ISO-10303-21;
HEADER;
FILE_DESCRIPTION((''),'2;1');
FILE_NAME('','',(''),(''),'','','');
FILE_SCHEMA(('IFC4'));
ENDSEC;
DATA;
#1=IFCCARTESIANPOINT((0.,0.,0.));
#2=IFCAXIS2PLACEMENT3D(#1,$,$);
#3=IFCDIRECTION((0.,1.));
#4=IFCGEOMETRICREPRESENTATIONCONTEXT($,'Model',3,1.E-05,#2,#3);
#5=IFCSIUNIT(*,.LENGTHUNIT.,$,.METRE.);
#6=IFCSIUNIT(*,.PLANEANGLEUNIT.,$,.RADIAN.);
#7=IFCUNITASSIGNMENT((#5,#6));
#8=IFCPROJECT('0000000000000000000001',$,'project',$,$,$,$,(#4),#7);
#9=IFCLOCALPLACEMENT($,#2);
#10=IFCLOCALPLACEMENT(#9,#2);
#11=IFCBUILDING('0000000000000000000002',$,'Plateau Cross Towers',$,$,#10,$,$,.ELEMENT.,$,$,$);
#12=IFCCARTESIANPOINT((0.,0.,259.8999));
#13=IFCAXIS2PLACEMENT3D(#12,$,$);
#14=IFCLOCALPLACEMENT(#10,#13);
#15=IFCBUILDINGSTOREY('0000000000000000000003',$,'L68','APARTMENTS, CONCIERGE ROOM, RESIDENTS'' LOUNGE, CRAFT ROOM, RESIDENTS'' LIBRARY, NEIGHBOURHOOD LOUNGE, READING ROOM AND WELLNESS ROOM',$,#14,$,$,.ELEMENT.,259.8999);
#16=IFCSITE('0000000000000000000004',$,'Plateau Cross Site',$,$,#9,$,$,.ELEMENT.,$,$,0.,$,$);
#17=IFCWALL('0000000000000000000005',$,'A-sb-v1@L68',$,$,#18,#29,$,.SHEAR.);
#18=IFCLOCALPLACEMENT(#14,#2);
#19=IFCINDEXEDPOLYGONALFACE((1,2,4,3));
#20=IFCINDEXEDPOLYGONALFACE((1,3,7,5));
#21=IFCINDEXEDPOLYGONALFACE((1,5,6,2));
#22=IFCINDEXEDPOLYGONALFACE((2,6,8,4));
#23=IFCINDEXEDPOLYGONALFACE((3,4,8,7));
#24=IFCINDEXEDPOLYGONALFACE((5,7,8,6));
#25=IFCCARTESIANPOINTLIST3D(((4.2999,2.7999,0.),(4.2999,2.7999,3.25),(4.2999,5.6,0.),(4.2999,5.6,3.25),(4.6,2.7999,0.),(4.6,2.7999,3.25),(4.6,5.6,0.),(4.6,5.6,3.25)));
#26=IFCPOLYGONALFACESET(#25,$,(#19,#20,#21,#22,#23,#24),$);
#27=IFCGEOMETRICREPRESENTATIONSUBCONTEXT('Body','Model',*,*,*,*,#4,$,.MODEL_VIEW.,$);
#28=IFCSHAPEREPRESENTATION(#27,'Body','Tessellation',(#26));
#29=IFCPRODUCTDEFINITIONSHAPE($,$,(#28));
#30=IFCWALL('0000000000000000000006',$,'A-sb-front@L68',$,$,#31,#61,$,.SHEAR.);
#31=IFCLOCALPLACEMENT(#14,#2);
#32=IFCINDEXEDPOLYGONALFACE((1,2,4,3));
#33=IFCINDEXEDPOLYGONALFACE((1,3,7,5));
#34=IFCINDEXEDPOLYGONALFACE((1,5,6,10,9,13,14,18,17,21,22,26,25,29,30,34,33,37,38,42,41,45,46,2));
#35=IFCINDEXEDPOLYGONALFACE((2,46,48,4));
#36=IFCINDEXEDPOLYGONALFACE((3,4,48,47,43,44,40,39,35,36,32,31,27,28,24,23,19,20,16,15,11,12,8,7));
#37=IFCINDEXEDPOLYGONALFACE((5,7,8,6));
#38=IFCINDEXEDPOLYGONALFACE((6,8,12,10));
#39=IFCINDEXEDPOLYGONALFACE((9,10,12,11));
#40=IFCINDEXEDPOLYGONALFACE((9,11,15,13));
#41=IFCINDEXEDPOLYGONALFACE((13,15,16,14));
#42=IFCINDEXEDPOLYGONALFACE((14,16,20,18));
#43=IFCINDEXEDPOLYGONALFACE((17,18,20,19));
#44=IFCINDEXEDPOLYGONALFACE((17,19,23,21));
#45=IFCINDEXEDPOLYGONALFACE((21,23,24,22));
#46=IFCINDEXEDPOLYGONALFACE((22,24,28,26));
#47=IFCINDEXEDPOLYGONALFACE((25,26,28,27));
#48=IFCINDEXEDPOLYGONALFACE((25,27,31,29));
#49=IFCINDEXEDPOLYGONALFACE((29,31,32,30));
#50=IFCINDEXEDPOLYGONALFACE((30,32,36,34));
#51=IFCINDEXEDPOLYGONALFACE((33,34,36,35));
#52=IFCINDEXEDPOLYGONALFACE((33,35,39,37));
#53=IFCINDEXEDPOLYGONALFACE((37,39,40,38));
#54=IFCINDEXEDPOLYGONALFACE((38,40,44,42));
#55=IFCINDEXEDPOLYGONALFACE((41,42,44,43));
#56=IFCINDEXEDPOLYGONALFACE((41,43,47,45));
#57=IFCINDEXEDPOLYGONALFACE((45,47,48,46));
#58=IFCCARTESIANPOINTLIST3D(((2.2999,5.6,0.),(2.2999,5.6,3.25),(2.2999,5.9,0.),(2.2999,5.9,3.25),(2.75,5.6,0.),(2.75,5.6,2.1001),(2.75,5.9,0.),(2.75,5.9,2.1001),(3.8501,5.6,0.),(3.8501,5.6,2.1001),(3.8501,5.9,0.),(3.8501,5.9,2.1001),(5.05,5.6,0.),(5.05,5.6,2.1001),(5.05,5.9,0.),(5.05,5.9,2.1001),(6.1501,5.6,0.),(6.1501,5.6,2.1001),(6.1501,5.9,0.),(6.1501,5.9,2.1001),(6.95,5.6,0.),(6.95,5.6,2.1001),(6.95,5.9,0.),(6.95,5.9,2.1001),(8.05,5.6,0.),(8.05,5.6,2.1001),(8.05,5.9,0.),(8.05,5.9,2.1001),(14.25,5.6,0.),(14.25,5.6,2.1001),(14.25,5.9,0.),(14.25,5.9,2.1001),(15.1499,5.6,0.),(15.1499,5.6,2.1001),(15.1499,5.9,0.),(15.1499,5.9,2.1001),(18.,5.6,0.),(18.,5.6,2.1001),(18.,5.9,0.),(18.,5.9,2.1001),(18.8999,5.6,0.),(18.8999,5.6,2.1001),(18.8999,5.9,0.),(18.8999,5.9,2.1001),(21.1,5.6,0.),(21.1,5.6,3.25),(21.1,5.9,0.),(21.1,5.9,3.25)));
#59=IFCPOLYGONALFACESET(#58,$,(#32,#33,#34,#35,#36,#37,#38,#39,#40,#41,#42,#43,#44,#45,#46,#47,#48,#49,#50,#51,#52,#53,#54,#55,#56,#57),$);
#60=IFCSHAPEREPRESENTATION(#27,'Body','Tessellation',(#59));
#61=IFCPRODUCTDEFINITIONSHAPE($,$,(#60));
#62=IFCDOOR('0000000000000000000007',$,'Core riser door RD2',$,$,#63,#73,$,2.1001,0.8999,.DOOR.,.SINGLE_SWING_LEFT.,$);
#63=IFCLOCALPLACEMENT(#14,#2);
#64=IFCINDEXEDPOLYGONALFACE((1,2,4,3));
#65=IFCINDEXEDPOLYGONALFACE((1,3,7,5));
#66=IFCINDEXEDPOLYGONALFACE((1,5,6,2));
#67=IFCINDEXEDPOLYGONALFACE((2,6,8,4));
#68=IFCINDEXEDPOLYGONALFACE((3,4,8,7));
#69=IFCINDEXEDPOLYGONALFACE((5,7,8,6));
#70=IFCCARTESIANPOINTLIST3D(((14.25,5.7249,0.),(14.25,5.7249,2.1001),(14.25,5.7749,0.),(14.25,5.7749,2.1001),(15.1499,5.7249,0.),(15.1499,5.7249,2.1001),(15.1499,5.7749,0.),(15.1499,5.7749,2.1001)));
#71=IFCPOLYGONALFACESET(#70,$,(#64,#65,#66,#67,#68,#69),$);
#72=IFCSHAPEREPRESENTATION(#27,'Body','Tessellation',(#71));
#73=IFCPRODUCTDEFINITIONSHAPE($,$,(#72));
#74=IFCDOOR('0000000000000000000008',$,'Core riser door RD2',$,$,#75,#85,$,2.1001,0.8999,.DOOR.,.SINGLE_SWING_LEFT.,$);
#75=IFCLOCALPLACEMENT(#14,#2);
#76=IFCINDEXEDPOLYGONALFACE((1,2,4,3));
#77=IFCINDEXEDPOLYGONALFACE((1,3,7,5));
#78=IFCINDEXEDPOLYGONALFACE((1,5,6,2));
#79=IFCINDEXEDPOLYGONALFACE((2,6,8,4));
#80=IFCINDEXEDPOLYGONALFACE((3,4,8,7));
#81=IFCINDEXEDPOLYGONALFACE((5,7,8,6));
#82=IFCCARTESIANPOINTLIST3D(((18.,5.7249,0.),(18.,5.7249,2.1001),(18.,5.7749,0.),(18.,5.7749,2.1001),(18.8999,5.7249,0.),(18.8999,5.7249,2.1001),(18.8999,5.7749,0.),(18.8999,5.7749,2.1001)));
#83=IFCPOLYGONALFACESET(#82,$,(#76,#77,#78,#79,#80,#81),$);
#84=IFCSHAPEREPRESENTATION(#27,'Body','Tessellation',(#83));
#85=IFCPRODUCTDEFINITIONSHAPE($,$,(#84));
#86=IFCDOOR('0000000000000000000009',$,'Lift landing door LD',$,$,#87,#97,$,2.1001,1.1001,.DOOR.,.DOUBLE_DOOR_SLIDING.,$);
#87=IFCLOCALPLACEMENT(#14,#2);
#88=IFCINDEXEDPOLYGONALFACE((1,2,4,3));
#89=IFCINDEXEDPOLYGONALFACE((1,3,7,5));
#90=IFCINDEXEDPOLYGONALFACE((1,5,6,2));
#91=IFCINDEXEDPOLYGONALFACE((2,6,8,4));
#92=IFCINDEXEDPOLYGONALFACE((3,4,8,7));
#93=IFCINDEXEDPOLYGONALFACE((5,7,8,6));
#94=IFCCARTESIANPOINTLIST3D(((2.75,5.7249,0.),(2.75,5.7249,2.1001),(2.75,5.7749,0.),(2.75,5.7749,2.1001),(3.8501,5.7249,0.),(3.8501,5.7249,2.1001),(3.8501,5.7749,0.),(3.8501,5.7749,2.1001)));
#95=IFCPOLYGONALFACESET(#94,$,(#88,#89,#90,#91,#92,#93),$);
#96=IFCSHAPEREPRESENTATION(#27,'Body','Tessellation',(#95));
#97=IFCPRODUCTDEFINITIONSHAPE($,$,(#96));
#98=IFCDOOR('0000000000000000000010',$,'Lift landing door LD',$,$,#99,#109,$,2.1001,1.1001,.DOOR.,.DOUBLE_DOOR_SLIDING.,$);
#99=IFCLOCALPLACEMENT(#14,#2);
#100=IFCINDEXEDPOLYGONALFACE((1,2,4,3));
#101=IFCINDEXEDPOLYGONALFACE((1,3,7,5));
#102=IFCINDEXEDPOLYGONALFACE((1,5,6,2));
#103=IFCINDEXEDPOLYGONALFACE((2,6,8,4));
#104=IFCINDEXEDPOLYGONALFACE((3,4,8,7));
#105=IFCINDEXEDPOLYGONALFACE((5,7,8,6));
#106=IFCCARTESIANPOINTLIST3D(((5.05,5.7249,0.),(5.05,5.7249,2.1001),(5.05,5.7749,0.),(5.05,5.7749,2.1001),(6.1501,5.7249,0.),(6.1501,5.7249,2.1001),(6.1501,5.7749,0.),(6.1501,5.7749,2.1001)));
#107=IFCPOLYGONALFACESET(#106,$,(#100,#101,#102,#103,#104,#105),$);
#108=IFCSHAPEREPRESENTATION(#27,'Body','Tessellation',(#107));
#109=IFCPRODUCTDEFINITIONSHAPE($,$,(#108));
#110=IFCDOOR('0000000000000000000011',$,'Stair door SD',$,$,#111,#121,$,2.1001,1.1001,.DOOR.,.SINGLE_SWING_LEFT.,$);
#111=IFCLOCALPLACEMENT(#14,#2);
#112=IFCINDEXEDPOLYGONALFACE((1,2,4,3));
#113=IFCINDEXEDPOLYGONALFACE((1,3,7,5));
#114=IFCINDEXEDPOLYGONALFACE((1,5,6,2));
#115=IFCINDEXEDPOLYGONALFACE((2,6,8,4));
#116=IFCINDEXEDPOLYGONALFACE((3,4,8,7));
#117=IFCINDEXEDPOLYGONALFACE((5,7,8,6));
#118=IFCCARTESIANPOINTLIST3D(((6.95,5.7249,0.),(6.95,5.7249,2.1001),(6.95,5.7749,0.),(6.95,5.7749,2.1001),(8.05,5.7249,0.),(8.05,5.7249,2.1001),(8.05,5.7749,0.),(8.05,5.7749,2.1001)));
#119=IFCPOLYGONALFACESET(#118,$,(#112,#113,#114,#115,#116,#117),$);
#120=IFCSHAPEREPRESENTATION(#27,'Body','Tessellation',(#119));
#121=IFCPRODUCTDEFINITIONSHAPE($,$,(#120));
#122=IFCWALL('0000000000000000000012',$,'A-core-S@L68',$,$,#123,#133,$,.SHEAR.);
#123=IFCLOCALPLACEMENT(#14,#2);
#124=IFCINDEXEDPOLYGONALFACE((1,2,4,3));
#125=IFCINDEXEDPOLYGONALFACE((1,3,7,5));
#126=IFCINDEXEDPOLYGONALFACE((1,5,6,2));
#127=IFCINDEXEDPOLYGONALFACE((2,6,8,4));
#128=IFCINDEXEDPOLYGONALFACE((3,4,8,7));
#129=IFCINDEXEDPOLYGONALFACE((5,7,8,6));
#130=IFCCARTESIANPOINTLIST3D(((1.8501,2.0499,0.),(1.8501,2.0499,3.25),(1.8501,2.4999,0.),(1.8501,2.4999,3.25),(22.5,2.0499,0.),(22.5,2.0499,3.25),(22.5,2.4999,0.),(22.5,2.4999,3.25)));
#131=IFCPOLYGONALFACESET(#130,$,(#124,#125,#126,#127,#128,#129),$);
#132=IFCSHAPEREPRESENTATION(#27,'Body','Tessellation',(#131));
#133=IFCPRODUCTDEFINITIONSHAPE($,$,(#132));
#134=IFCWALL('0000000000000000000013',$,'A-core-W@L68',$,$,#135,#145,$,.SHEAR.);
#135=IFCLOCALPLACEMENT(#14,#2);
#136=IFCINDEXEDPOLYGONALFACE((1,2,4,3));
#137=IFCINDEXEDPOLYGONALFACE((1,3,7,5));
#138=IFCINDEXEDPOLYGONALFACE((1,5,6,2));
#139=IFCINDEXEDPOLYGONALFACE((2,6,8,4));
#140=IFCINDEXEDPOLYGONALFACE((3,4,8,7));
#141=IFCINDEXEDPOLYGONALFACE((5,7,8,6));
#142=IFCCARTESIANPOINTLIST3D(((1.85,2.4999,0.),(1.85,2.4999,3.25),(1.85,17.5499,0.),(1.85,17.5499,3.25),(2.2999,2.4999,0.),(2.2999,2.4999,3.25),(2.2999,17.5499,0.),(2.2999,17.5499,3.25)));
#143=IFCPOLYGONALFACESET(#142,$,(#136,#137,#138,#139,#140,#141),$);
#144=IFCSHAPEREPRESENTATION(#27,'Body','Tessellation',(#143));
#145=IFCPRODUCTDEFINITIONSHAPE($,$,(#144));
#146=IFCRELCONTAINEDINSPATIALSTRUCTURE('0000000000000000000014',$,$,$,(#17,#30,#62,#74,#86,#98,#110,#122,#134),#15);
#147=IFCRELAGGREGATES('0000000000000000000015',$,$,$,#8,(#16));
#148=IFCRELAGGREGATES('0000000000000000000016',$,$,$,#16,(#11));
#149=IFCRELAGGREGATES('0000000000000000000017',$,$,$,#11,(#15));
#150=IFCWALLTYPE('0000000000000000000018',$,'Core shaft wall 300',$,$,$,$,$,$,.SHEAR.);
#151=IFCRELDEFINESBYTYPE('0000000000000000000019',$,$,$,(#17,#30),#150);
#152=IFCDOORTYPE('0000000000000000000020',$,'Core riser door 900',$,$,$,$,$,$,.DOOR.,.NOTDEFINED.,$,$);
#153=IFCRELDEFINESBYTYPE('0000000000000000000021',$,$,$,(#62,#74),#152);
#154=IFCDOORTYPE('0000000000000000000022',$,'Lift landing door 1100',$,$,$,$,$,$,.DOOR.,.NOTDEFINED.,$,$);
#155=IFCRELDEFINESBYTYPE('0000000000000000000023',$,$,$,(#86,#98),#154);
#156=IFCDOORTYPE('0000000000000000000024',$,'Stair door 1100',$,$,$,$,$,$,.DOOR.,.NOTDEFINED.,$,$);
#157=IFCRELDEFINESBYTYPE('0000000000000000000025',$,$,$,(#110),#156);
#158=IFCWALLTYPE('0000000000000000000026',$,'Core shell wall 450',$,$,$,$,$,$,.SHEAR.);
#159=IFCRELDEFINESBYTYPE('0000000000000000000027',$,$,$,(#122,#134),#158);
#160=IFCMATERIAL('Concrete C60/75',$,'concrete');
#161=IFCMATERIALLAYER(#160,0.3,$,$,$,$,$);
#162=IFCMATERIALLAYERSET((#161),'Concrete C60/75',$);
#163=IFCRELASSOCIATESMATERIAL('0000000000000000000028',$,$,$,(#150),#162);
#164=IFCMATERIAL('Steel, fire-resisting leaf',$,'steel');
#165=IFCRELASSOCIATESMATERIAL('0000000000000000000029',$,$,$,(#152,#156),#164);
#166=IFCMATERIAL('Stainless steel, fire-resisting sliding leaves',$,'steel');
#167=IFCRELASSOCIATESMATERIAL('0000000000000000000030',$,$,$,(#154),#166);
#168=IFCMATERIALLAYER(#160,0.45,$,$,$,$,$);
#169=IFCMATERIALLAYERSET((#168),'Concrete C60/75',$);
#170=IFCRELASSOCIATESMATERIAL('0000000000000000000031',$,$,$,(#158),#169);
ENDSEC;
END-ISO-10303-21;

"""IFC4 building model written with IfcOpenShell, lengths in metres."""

from ifc_helpers import new_model, si_unit, direction, frame, frame_2d, origin, place, context, subcontext, project, spatial, rectangle, extrude, material, layer, layer_set, type_object, element, fill, save


model = new_model("IFC4")

# Units and contexts
model_context = context("Model", 3, precision=1e-05, world=origin(), true_north=direction((0.0, 1.0)))
body_context = subcontext(model_context, "Body", "Model", "MODEL_VIEW")
ifc_project = project(units=[si_unit("LENGTHUNIT", "METRE"), si_unit("PLANEANGLEUNIT", "RADIAN")], contexts=[model_context])

# Site, building, storey
site_placement = place(None, origin())
site = spatial("IfcSite", under=ifc_project, at=site_placement, Name="Plateau Cross Site", CompositionType="ELEMENT", RefElevation=0.0)
building_placement = place(site_placement, origin())
building = spatial("IfcBuilding", under=site, at=building_placement, Name="Plateau Cross Towers", CompositionType="ELEMENT")
storey_placement = place(building_placement, frame((0.0, 0.0, 259.8999)))
storey = spatial("IfcBuildingStorey", under=building, at=storey_placement, Name="L68", Description="APARTMENTS, CONCIERGE ROOM, RESIDENTS' LOUNGE, CRAFT ROOM, RESIDENTS' LIBRARY, NEIGHBOURHOOD LOUNGE, READING ROOM AND WELLNESS ROOM", CompositionType="ELEMENT", Elevation=259.8999)

# Shared definitions
ifc_material_1 = material(Name="Concrete C60/75", Category="concrete")

# Wall
ifc_layer_1 = layer(ifc_material_1, 0.3)
ifc_layer_set_1 = layer_set([ifc_layer_1], Name="Concrete C60/75")
wall_type_1 = type_object("IfcWallType", Name="Core shaft wall 300", PredefinedType="SHEAR", material=ifc_layer_set_1)
wall_1_placement = place(storey_placement, frame((4.45, 2.8, 0.0), z_axis=(0.0, 0.0, 1.0), x_axis=(0.0, 1.0, 0.0)))
element("IfcWall", 1, at=wall_1_placement, inside=storey, type_object=wall_type_1, Name="A-sb-v1@L68", PredefinedType="SHEAR", context=body_context, shape_type="SweptSolid", body=[
    extrude(rectangle(XDim=2.8, YDim=0.3, at=frame_2d((1.3999, 0.0))), origin(), (0.0, 0.0, 1.0), 3.25),
])

# Wall, openings, doors
wall_2_placement = place(storey_placement, frame((2.3, 5.75, 0.0), z_axis=(0.0, 0.0, 1.0), x_axis=(1.0, 0.0, 0.0)))
wall_2 = element("IfcWall", 2, at=wall_2_placement, inside=storey, type_object=wall_type_1, Name="A-sb-front@L68", PredefinedType="SHEAR", context=body_context, shape_type="SweptSolid", body=[
    extrude(rectangle(XDim=18.8, YDim=0.3, at=frame_2d((9.3999, 0.0))), origin(), (0.0, 0.0, 1.0), 3.25),
])
opening_1_placement = place(wall_2_placement, frame((4.6499, 0.0, 0.0)))
opening_1 = element("IfcOpeningElement", 3, at=opening_1_placement, cuts=wall_2, PredefinedType="OPENING", context=body_context, shape_type="SweptSolid", body=[
    extrude(rectangle(XDim=1.1001, YDim=2.1001, at=frame_2d((0.55, 1.05))), frame((0.0, 0.1599, 0.0), z_axis=(0.0, -1.0, 0.0), x_axis=(1.0, 0.0, 0.0)), (0.0, 0.0, 1.0), 0.3201),
])
opening_2_placement = place(wall_2_placement, frame((0.45, 0.0, 0.0)))
opening_2 = element("IfcOpeningElement", 4, at=opening_2_placement, cuts=wall_2, PredefinedType="OPENING", context=body_context, shape_type="SweptSolid", body=[
    extrude(rectangle(XDim=1.1001, YDim=2.1001, at=frame_2d((0.55, 1.05))), frame((0.0, 0.1599, 0.0), z_axis=(0.0, -1.0, 0.0), x_axis=(1.0, 0.0, 0.0)), (0.0, 0.0, 1.0), 0.3201),
])
opening_3_placement = place(wall_2_placement, frame((2.75, 0.0, 0.0)))
opening_3 = element("IfcOpeningElement", 5, at=opening_3_placement, cuts=wall_2, PredefinedType="OPENING", context=body_context, shape_type="SweptSolid", body=[
    extrude(rectangle(XDim=1.1001, YDim=2.1001, at=frame_2d((0.55, 1.05))), frame((0.0, 0.1599, 0.0), z_axis=(0.0, -1.0, 0.0), x_axis=(1.0, 0.0, 0.0)), (0.0, 0.0, 1.0), 0.3201),
])
opening_4_placement = place(wall_2_placement, frame((11.95, 0.0, 0.0)))
opening_4 = element("IfcOpeningElement", 6, at=opening_4_placement, cuts=wall_2, PredefinedType="OPENING", context=body_context, shape_type="SweptSolid", body=[
    extrude(rectangle(XDim=0.8999, YDim=2.1001, at=frame_2d((0.45, 1.05))), frame((0.0, 0.1599, 0.0), z_axis=(0.0, -1.0, 0.0), x_axis=(1.0, 0.0, 0.0)), (0.0, 0.0, 1.0), 0.3201),
])
opening_5_placement = place(wall_2_placement, frame((15.7, 0.0, 0.0)))
opening_5 = element("IfcOpeningElement", 7, at=opening_5_placement, cuts=wall_2, PredefinedType="OPENING", context=body_context, shape_type="SweptSolid", body=[
    extrude(rectangle(XDim=0.8999, YDim=2.1001, at=frame_2d((0.45, 1.05))), frame((0.0, 0.1599, 0.0), z_axis=(0.0, -1.0, 0.0), x_axis=(1.0, 0.0, 0.0)), (0.0, 0.0, 1.0), 0.3201),
])
ifc_material_2 = material(Name="Steel, fire-resisting leaf", Category="steel")
door_type_1 = type_object("IfcDoorType", Name="Core riser door 900", OperationType="NOTDEFINED", PredefinedType="DOOR", material=ifc_material_2)
door_1_placement = place(opening_4_placement, origin())
door_1 = element("IfcDoor", 8, at=door_1_placement, inside=storey, type_object=door_type_1, Name="Core riser door RD2", OperationType="SINGLE_SWING_LEFT", OverallHeight=2.1001, OverallWidth=0.8999, PredefinedType="DOOR", context=body_context, shape_type="SweptSolid", body=[
    extrude(rectangle(XDim=0.8999, YDim=2.1001, at=frame_2d((0.45, 1.05))), frame((0.0, 0.0249, 0.0), z_axis=(0.0, -1.0, 0.0), x_axis=(1.0, 0.0, 0.0)), (0.0, 0.0, 1.0), 0.05),
])
fill(opening_4, door_1)
door_2_placement = place(opening_5_placement, origin())
door_2 = element("IfcDoor", 9, at=door_2_placement, inside=storey, type_object=door_type_1, Name="Core riser door RD2", OperationType="SINGLE_SWING_LEFT", OverallHeight=2.1001, OverallWidth=0.8999, PredefinedType="DOOR", context=body_context, shape_type="SweptSolid", body=[
    extrude(rectangle(XDim=0.8999, YDim=2.1001, at=frame_2d((0.45, 1.05))), frame((0.0, 0.0249, 0.0), z_axis=(0.0, -1.0, 0.0), x_axis=(1.0, 0.0, 0.0)), (0.0, 0.0, 1.0), 0.05),
])
fill(opening_5, door_2)
ifc_material_3 = material(Name="Stainless steel, fire-resisting sliding leaves", Category="steel")
door_type_2 = type_object("IfcDoorType", Name="Lift landing door 1100", OperationType="NOTDEFINED", PredefinedType="DOOR", material=ifc_material_3)
door_3_placement = place(opening_2_placement, origin())
door_3 = element("IfcDoor", 10, at=door_3_placement, inside=storey, type_object=door_type_2, Name="Lift landing door LD", OperationType="DOUBLE_DOOR_SLIDING", OverallHeight=2.1001, OverallWidth=1.1001, PredefinedType="DOOR", context=body_context, shape_type="SweptSolid", body=[
    extrude(rectangle(XDim=1.1001, YDim=2.1001, at=frame_2d((0.55, 1.05))), frame((0.0, 0.0249, 0.0), z_axis=(0.0, -1.0, 0.0), x_axis=(1.0, 0.0, 0.0)), (0.0, 0.0, 1.0), 0.05),
])
fill(opening_2, door_3)
door_4_placement = place(opening_3_placement, origin())
door_4 = element("IfcDoor", 11, at=door_4_placement, inside=storey, type_object=door_type_2, Name="Lift landing door LD", OperationType="DOUBLE_DOOR_SLIDING", OverallHeight=2.1001, OverallWidth=1.1001, PredefinedType="DOOR", context=body_context, shape_type="SweptSolid", body=[
    extrude(rectangle(XDim=1.1001, YDim=2.1001, at=frame_2d((0.55, 1.05))), frame((0.0, 0.0249, 0.0), z_axis=(0.0, -1.0, 0.0), x_axis=(1.0, 0.0, 0.0)), (0.0, 0.0, 1.0), 0.05),
])
fill(opening_3, door_4)
door_type_3 = type_object("IfcDoorType", Name="Stair door 1100", OperationType="NOTDEFINED", PredefinedType="DOOR", material=ifc_material_2)
door_5_placement = place(opening_1_placement, origin())
door_5 = element("IfcDoor", 12, at=door_5_placement, inside=storey, type_object=door_type_3, Name="Stair door SD", OperationType="SINGLE_SWING_LEFT", OverallHeight=2.1001, OverallWidth=1.1001, PredefinedType="DOOR", context=body_context, shape_type="SweptSolid", body=[
    extrude(rectangle(XDim=1.1001, YDim=2.1001, at=frame_2d((0.55, 1.05))), frame((0.0, 0.0249, 0.0), z_axis=(0.0, -1.0, 0.0), x_axis=(1.0, 0.0, 0.0)), (0.0, 0.0, 1.0), 0.05),
])
fill(opening_1, door_5)

# Walls
ifc_layer_2 = layer(ifc_material_1, 0.45)
ifc_layer_set_2 = layer_set([ifc_layer_2], Name="Concrete C60/75")
wall_type_2 = type_object("IfcWallType", Name="Core shell wall 450", PredefinedType="SHEAR", material=ifc_layer_set_2)
wall_3_placement = place(storey_placement, frame((1.8501, 2.2749, 0.0), z_axis=(0.0, 0.0, 1.0), x_axis=(1.0, 0.0, 0.0)))
element("IfcWall", 13, at=wall_3_placement, inside=storey, type_object=wall_type_2, Name="A-core-S@L68", PredefinedType="SHEAR", context=body_context, shape_type="SweptSolid", body=[
    extrude(rectangle(XDim=20.6499, YDim=0.45, at=frame_2d((10.325, 0.0))), origin(), (0.0, 0.0, 1.0), 3.25),
])
wall_4_placement = place(storey_placement, frame((2.075, 2.5, 0.0), z_axis=(0.0, 0.0, 1.0), x_axis=(0.0, 1.0, 0.0)))
element("IfcWall", 14, at=wall_4_placement, inside=storey, type_object=wall_type_2, Name="A-core-W@L68", PredefinedType="SHEAR", context=body_context, shape_type="SweptSolid", body=[
    extrude(rectangle(XDim=15.05, YDim=0.45, at=frame_2d((7.5249, 0.0))), origin(), (0.0, 0.0, 1.0), 3.25),
])

save(model, "model.ifc")
